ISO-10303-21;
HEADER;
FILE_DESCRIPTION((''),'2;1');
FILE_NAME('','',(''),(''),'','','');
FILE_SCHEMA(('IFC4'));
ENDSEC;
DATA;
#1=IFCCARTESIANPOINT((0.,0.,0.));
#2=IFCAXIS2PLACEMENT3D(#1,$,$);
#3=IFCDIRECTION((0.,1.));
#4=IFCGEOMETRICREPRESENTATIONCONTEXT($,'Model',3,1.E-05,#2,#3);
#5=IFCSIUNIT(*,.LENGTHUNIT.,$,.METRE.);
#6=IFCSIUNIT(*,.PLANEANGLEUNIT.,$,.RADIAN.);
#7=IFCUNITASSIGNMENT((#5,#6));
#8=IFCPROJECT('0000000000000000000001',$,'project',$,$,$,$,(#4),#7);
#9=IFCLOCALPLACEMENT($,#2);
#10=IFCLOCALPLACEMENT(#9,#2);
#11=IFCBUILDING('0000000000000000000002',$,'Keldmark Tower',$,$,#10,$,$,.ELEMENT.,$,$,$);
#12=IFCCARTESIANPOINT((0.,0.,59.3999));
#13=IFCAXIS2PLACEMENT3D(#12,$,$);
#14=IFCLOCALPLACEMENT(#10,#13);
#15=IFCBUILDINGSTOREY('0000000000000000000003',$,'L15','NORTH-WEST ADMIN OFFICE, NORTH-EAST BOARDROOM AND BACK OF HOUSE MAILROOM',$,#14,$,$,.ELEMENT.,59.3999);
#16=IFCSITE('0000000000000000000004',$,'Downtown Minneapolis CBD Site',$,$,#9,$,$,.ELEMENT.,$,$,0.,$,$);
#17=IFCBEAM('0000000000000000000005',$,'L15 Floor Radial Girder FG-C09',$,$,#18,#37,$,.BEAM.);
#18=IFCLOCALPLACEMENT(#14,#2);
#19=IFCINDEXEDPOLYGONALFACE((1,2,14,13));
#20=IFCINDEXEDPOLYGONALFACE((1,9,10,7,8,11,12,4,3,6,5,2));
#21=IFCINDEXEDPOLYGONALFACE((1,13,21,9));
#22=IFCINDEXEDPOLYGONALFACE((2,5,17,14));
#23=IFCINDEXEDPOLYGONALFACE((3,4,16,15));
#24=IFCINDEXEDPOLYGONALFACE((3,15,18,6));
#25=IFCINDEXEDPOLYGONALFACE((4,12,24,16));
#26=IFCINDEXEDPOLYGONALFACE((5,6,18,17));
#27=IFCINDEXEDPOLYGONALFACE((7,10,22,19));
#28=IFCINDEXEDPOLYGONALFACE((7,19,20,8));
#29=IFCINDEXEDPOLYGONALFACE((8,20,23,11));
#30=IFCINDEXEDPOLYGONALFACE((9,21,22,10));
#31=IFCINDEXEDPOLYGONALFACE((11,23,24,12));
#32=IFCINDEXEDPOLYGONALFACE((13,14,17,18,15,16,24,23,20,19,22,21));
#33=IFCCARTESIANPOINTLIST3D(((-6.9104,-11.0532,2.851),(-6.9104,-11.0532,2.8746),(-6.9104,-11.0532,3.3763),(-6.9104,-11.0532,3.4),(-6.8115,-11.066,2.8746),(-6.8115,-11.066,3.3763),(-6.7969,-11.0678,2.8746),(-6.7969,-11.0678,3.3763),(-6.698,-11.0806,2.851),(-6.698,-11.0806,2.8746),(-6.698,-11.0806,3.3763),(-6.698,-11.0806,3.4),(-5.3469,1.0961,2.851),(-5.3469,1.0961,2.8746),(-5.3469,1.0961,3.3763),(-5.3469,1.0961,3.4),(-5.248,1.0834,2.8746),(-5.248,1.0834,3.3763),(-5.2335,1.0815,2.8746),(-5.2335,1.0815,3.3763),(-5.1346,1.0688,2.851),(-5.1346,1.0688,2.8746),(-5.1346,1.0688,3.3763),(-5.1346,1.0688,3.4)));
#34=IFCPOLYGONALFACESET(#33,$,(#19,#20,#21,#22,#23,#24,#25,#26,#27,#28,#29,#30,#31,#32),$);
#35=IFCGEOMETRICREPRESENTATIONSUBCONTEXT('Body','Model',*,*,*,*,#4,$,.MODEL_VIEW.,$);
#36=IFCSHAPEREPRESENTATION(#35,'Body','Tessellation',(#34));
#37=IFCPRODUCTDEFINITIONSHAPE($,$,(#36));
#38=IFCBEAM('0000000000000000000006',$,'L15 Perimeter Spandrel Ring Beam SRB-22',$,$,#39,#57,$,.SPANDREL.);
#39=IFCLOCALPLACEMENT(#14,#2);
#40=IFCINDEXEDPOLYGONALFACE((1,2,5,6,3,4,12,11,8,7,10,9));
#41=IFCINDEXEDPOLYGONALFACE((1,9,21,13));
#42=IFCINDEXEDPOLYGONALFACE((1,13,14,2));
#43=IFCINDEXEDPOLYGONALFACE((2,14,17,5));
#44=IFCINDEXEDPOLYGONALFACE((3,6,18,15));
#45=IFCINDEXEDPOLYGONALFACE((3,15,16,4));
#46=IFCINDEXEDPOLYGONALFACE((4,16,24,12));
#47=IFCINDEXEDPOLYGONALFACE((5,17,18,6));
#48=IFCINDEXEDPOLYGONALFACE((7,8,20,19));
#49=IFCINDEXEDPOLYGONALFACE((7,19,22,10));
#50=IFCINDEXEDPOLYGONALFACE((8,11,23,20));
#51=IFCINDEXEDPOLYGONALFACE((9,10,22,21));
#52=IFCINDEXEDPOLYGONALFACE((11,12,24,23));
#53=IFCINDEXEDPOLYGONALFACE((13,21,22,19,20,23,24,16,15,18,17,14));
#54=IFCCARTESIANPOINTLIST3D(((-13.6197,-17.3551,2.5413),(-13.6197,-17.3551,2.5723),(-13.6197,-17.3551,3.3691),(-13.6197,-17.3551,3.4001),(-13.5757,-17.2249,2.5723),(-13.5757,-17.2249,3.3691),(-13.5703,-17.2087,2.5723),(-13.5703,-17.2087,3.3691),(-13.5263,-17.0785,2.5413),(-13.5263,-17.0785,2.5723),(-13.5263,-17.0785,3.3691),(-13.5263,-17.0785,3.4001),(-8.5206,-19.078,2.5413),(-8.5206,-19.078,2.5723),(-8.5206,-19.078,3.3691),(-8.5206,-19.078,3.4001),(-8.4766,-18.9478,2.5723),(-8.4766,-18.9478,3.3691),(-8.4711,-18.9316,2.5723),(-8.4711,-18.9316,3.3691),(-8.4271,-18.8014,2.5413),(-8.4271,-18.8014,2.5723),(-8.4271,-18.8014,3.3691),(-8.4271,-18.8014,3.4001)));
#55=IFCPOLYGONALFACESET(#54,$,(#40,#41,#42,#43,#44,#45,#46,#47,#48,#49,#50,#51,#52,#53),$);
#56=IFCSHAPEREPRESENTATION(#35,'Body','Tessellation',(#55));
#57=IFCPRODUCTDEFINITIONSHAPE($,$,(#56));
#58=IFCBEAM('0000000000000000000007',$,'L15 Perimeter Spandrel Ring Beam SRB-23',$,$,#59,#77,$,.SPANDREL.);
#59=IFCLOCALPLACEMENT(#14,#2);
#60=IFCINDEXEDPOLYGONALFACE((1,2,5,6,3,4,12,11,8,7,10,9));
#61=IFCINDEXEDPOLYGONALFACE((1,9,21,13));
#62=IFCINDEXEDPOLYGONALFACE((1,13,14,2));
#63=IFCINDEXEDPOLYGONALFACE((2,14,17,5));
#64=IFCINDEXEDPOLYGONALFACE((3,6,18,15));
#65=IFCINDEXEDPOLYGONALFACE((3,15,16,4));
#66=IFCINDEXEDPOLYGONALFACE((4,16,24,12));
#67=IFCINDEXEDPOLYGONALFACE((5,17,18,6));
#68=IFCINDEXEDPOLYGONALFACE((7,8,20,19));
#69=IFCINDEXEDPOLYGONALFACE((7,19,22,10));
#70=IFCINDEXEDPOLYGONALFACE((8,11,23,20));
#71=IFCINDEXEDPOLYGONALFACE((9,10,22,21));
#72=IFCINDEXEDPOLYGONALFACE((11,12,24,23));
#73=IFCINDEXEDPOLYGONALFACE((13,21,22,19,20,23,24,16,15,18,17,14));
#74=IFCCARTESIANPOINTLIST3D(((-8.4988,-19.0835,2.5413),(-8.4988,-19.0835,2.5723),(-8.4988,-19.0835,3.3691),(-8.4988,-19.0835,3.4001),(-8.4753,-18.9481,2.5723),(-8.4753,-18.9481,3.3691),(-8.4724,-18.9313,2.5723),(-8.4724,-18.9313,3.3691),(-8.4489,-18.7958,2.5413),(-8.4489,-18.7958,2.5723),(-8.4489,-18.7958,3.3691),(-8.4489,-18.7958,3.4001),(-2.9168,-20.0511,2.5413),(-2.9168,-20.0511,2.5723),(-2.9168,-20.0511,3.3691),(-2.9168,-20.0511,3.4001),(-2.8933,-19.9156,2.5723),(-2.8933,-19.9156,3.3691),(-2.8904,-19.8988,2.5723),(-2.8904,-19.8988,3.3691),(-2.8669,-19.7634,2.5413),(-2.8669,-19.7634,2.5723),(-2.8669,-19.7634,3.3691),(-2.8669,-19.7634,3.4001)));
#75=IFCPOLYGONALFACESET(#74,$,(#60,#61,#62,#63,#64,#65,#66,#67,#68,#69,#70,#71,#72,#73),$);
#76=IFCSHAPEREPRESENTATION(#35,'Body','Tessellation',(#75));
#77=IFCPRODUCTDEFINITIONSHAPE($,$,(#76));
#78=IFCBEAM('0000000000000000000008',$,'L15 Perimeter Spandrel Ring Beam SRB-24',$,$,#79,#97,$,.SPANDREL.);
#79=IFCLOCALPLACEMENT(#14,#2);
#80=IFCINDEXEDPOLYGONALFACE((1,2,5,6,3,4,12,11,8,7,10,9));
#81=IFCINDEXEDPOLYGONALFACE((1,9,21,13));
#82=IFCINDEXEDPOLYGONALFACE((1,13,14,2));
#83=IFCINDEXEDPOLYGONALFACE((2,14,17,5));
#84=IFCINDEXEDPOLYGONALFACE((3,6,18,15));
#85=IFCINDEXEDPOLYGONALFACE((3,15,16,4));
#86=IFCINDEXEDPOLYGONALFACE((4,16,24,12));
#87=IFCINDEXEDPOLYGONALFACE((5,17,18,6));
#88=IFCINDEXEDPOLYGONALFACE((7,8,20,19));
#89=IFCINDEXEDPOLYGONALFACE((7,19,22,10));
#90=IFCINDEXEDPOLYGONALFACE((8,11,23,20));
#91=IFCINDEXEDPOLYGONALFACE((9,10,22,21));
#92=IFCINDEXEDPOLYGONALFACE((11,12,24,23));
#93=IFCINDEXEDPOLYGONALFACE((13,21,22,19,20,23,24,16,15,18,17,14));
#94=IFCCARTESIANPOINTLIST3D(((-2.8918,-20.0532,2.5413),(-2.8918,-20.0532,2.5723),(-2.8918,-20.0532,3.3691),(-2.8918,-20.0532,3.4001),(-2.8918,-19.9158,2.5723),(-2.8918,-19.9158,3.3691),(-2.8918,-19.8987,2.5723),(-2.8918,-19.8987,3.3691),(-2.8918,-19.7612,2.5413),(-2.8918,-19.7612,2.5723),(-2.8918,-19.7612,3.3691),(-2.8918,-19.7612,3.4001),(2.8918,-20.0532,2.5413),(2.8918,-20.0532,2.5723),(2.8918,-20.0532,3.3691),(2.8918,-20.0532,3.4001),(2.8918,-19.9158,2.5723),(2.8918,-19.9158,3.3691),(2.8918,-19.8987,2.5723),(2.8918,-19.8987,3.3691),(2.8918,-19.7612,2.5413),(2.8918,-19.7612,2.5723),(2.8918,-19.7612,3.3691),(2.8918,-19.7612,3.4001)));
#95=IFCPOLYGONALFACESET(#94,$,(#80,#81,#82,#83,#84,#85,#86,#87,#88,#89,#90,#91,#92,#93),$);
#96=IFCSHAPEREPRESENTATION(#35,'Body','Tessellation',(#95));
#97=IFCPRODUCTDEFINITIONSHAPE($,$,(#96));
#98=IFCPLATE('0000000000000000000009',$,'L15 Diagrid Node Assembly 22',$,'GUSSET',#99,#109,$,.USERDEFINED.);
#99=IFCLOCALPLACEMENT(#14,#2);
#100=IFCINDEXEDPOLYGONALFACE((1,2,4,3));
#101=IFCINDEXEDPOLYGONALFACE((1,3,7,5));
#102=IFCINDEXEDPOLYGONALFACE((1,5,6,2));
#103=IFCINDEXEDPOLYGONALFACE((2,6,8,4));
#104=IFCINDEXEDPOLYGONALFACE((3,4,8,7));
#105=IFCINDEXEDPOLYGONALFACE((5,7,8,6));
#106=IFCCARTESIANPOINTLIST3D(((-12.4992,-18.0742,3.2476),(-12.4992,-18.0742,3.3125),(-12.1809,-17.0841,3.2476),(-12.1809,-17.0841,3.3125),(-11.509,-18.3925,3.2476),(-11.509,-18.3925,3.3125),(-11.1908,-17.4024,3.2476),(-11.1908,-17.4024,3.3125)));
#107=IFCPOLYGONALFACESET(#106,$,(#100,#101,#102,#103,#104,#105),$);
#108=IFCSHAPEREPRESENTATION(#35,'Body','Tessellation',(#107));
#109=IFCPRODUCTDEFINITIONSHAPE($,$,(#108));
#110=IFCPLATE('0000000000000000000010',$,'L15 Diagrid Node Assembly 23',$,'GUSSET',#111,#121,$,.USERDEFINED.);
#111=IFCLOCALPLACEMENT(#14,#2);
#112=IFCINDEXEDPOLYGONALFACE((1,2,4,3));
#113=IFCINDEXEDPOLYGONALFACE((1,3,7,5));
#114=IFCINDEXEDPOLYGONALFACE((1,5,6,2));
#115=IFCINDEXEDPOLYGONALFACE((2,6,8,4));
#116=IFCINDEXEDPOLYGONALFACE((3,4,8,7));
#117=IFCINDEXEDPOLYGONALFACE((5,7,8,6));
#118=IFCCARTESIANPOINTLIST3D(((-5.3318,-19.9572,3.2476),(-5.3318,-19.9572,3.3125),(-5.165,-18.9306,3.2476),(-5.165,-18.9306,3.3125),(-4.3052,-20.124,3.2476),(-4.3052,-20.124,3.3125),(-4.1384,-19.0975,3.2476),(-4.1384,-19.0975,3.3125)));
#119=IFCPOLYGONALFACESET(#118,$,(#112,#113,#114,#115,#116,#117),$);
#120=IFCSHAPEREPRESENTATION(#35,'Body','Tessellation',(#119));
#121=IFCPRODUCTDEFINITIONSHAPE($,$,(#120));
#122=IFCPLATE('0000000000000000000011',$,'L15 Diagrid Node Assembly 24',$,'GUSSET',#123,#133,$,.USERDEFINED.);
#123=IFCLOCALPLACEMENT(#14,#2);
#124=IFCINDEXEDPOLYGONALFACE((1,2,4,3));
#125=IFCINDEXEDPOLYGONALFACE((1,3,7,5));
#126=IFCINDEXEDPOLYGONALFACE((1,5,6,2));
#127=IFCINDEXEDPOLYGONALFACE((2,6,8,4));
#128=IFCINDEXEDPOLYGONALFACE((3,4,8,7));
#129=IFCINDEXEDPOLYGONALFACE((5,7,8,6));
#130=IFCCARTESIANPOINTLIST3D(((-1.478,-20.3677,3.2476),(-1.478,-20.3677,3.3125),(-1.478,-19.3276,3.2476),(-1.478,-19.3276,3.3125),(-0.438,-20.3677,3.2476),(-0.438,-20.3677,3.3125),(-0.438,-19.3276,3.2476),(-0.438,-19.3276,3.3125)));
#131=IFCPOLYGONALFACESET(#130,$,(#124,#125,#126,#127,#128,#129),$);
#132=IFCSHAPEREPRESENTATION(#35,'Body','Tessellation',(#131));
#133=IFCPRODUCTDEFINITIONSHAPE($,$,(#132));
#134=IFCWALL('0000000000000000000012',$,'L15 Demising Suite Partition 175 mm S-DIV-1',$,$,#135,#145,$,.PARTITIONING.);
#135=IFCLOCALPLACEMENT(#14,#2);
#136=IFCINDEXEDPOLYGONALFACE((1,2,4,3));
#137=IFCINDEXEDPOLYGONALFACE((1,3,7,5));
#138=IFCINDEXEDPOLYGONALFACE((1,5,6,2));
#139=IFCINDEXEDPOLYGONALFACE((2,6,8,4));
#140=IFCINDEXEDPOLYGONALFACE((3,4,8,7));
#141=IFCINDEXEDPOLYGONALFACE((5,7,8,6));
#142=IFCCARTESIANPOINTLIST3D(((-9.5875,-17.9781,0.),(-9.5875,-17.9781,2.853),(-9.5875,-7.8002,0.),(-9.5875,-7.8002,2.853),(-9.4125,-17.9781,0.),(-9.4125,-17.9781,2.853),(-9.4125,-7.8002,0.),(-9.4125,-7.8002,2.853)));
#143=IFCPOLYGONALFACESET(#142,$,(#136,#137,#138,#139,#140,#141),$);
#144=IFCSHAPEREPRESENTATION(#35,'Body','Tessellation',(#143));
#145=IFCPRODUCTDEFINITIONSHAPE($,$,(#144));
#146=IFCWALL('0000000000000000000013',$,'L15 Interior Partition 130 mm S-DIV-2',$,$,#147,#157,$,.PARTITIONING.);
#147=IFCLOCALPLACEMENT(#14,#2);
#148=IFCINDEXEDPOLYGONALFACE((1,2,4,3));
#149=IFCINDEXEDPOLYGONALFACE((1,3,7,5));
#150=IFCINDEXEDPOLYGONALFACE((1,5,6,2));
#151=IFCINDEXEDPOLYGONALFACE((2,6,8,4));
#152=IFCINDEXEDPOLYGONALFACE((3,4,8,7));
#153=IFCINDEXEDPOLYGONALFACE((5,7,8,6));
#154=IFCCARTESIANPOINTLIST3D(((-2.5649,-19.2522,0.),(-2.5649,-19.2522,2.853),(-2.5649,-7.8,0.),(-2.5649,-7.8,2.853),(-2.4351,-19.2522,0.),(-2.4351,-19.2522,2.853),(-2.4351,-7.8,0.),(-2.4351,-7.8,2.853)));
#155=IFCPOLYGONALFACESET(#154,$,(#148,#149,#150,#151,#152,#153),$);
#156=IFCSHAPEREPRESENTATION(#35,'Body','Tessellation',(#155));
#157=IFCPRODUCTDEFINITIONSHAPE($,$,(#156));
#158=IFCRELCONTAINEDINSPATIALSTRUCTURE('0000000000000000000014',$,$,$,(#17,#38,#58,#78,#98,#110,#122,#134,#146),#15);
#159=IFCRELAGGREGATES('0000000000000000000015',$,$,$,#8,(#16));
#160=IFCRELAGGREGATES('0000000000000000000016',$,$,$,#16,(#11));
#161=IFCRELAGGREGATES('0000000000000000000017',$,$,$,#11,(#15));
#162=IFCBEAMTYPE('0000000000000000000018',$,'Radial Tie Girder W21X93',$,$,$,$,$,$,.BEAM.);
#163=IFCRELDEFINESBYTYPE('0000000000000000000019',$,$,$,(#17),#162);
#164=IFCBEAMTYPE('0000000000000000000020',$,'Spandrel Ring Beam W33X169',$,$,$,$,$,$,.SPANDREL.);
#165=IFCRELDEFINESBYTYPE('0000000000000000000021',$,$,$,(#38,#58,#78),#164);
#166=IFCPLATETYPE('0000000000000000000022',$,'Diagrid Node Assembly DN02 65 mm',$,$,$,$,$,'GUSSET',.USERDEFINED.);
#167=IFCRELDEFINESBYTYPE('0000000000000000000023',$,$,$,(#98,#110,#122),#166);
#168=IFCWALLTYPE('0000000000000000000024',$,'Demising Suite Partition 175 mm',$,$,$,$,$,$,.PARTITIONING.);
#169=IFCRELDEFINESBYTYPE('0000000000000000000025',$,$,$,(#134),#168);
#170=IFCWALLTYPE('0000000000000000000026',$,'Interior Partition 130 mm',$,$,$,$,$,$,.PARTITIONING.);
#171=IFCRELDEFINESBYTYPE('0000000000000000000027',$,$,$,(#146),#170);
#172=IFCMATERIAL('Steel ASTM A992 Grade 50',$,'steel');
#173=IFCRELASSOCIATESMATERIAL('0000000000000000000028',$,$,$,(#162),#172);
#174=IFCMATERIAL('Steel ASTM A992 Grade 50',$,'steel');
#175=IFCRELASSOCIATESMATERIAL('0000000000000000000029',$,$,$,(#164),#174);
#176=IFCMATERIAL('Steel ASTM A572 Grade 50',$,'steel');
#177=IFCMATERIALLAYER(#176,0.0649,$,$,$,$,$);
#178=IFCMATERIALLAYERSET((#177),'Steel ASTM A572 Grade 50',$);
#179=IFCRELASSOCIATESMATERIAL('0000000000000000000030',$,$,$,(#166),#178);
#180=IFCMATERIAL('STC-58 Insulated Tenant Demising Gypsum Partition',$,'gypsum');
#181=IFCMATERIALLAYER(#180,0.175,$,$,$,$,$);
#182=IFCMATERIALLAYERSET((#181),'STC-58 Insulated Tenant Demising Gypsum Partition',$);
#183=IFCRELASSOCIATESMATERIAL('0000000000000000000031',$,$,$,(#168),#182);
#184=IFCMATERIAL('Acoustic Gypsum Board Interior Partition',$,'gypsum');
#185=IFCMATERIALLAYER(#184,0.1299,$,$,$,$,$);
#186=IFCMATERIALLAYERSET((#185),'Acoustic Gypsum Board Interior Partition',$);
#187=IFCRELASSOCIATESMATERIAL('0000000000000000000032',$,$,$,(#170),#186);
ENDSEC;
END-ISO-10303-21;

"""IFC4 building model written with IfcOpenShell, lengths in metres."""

from ifc_helpers import new_model, si_unit, direction, frame, frame_2d, origin, origin_2d, place, context, subcontext, project, spatial, rectangle, i_section, extrude, material, layer, layer_set, material_profile, profile_set, type_object, element, save


model = new_model("IFC4")

# Units and contexts
model_context = context("Model", 3, precision=1e-05, world=origin(), true_north=direction((0.0, 1.0)))
body_context = subcontext(model_context, "Body", "Model", "MODEL_VIEW")
ifc_project = project(units=[si_unit("LENGTHUNIT", "METRE"), si_unit("PLANEANGLEUNIT", "RADIAN")], contexts=[model_context])

# Site, building, storey
site_placement = place(None, origin())
site = spatial("IfcSite", under=ifc_project, at=site_placement, Name="Downtown Minneapolis CBD Site", CompositionType="ELEMENT", RefElevation=0.0)
building_placement = place(site_placement, origin())
building = spatial("IfcBuilding", under=site, at=building_placement, Name="Keldmark Tower", CompositionType="ELEMENT")
storey_placement = place(building_placement, frame((0.0, 0.0, 59.3999)))
storey = spatial("IfcBuildingStorey", under=building, at=storey_placement, Name="L15", Description="NORTH-WEST ADMIN OFFICE, NORTH-EAST BOARDROOM AND BACK OF HOUSE MAILROOM", CompositionType="ELEMENT", Elevation=59.3999)

# Beams
ifc_material_1 = material(Name="Steel ASTM A992 Grade 50", Category="steel")
ifc_material_profile_1 = material_profile(ifc_material_1, i_section(OverallWidth=0.2141, OverallDepth=0.5491, WebThickness=0.0146, FlangeThickness=0.0237, at=origin_2d()), Name="W21X93")
ifc_profile_set_1 = profile_set([ifc_material_profile_1], Name="Steel ASTM A992 Grade 50")
beam_type_1 = type_object("IfcBeamType", Name="Radial Tie Girder W21X93", PredefinedType="BEAM", material=ifc_profile_set_1)
beam_1_placement = place(storey_placement, frame((-6.8042, -11.0669, 3.1255), z_axis=(0.127635, 0.991821, 0.0), x_axis=(-0.991821, 0.127635, 0.0)))
element("IfcBeam", 1, at=beam_1_placement, inside=storey, type_object=beam_type_1, Name="L15 Floor Radial Girder FG-C09", PredefinedType="BEAM", context=body_context, shape_type="SweptSolid", body=[
    extrude(i_section(OverallWidth=0.2141, OverallDepth=0.5491, WebThickness=0.0146, FlangeThickness=0.0237, at=origin_2d()), origin(), (0.0, 0.0, 1.0), 12.2495),
])
ifc_material_2 = material(Name="Steel ASTM A992 Grade 50", Category="steel")
ifc_material_profile_2 = material_profile(ifc_material_2, i_section(OverallWidth=0.292, OverallDepth=0.8589, WebThickness=0.0171, FlangeThickness=0.031, at=origin_2d()), Name="W33X169")
ifc_profile_set_2 = profile_set([ifc_material_profile_2], Name="Steel ASTM A992 Grade 50")
beam_type_2 = type_object("IfcBeamType", Name="Spandrel Ring Beam W33X169", PredefinedType="SPANDREL", material=ifc_profile_set_2)
beam_2_placement = place(storey_placement, frame((-13.573, -17.2168, 2.9707), z_axis=(0.947383, -0.320103, 0.0), x_axis=(0.320103, 0.947383, 0.0)))
element("IfcBeam", 2, at=beam_2_placement, inside=storey, type_object=beam_type_2, Name="L15 Perimeter Spandrel Ring Beam SRB-22", PredefinedType="SPANDREL", context=body_context, shape_type="SweptSolid", body=[
    extrude(i_section(OverallWidth=0.292, OverallDepth=0.8589, WebThickness=0.0171, FlangeThickness=0.031, at=origin_2d()), origin(), (0.0, 0.0, 1.0), 5.3823),
])
beam_3_placement = place(storey_placement, frame((-8.4739, -18.9397, 2.9707), z_axis=(0.985309, -0.170783, 0.0), x_axis=(0.170783, 0.985309, 0.0)))
element("IfcBeam", 3, at=beam_3_placement, inside=storey, type_object=beam_type_2, Name="L15 Perimeter Spandrel Ring Beam SRB-23", PredefinedType="SPANDREL", context=body_context, shape_type="SweptSolid", body=[
    extrude(i_section(OverallWidth=0.292, OverallDepth=0.8589, WebThickness=0.0171, FlangeThickness=0.031, at=origin_2d()), origin(), (0.0, 0.0, 1.0), 5.6653),
])
beam_4_placement = place(storey_placement, frame((-2.8918, -19.9072, 2.9707), z_axis=(1.0, 0.0, 0.0), x_axis=(0.0, 1.0, 0.0)))
element("IfcBeam", 4, at=beam_4_placement, inside=storey, type_object=beam_type_2, Name="L15 Perimeter Spandrel Ring Beam SRB-24", PredefinedType="SPANDREL", context=body_context, shape_type="SweptSolid", body=[
    extrude(i_section(OverallWidth=0.292, OverallDepth=0.8589, WebThickness=0.0171, FlangeThickness=0.031, at=origin_2d()), origin(), (0.0, 0.0, 1.0), 5.7837),
])

# Plates
ifc_material_3 = material(Name="Steel ASTM A572 Grade 50", Category="steel")
ifc_layer_1 = layer(ifc_material_3, 0.0649)
ifc_layer_set_1 = layer_set([ifc_layer_1], Name="Steel ASTM A572 Grade 50")
plate_type = type_object("IfcPlateType", Name="Diagrid Node Assembly DN02 65 mm", ElementType="GUSSET", PredefinedType="USERDEFINED", material=ifc_layer_set_1)
for number, where, z_axis, x_axis, name in (
    (5, (-11.845, -17.7383, 3.2476), (0.0, 0.0, 1.0), (0.952023, -0.306028, 0.0), "L15 Diagrid Node Assembly 22"),
    (6, (-4.7351, -19.5273, 3.2476), (0.0, 0.0, 1.0), (0.987052, -0.160398, 0.0), "L15 Diagrid Node Assembly 23"),
    (7, (-0.958, -19.8477, 3.2476), (0.0, 0.0, 1.0), (1.0, 0.0, 0.0), "L15 Diagrid Node Assembly 24"),
):
    element("IfcPlate", number, at=place(storey_placement, frame(where, z_axis=z_axis, x_axis=x_axis)), inside=storey, type_object=plate_type, Name=name, ObjectType="GUSSET", PredefinedType="USERDEFINED", context=body_context, shape_type="SweptSolid", body=[
        extrude(rectangle(XDim=1.04, YDim=1.04, at=origin_2d()), origin(), (0.0, 0.0, 1.0), 0.0649),
    ])

# Walls
ifc_material_4 = material(Name="STC-58 Insulated Tenant Demising Gypsum Partition", Category="gypsum")
ifc_layer_2 = layer(ifc_material_4, 0.175)
ifc_layer_set_2 = layer_set([ifc_layer_2], Name="STC-58 Insulated Tenant Demising Gypsum Partition")
wall_type_1 = type_object("IfcWallType", Name="Demising Suite Partition 175 mm", PredefinedType="PARTITIONING", material=ifc_layer_set_2)
wall_1_placement = place(storey_placement, frame((-9.5, -17.978, 0.0), z_axis=(0.0, 0.0, 1.0), x_axis=(0.0, 1.0, 0.0)))
element("IfcWall", 8, at=wall_1_placement, inside=storey, type_object=wall_type_1, Name="L15 Demising Suite Partition 175 mm S-DIV-1", PredefinedType="PARTITIONING", context=body_context, shape_type="SweptSolid", body=[
    extrude(rectangle(XDim=10.178, YDim=0.175, at=frame_2d((5.0889, 0.0))), origin(), (0.0, 0.0, 1.0), 2.853),
])
ifc_material_5 = material(Name="Acoustic Gypsum Board Interior Partition", Category="gypsum")
ifc_layer_3 = layer(ifc_material_5, 0.1299)
ifc_layer_set_3 = layer_set([ifc_layer_3], Name="Acoustic Gypsum Board Interior Partition")
wall_type_2 = type_object("IfcWallType", Name="Interior Partition 130 mm", PredefinedType="PARTITIONING", material=ifc_layer_set_3)
wall_2_placement = place(storey_placement, frame((-2.5, -19.2522, 0.0), z_axis=(0.0, 0.0, 1.0), x_axis=(0.0, 1.0, 0.0)))
element("IfcWall", 9, at=wall_2_placement, inside=storey, type_object=wall_type_2, Name="L15 Interior Partition 130 mm S-DIV-2", PredefinedType="PARTITIONING", context=body_context, shape_type="SweptSolid", body=[
    extrude(rectangle(XDim=11.4521, YDim=0.1299, at=frame_2d((5.7261, 0.0))), origin(), (0.0, 0.0, 1.0), 2.853),
])

save(model, "model.ifc")
